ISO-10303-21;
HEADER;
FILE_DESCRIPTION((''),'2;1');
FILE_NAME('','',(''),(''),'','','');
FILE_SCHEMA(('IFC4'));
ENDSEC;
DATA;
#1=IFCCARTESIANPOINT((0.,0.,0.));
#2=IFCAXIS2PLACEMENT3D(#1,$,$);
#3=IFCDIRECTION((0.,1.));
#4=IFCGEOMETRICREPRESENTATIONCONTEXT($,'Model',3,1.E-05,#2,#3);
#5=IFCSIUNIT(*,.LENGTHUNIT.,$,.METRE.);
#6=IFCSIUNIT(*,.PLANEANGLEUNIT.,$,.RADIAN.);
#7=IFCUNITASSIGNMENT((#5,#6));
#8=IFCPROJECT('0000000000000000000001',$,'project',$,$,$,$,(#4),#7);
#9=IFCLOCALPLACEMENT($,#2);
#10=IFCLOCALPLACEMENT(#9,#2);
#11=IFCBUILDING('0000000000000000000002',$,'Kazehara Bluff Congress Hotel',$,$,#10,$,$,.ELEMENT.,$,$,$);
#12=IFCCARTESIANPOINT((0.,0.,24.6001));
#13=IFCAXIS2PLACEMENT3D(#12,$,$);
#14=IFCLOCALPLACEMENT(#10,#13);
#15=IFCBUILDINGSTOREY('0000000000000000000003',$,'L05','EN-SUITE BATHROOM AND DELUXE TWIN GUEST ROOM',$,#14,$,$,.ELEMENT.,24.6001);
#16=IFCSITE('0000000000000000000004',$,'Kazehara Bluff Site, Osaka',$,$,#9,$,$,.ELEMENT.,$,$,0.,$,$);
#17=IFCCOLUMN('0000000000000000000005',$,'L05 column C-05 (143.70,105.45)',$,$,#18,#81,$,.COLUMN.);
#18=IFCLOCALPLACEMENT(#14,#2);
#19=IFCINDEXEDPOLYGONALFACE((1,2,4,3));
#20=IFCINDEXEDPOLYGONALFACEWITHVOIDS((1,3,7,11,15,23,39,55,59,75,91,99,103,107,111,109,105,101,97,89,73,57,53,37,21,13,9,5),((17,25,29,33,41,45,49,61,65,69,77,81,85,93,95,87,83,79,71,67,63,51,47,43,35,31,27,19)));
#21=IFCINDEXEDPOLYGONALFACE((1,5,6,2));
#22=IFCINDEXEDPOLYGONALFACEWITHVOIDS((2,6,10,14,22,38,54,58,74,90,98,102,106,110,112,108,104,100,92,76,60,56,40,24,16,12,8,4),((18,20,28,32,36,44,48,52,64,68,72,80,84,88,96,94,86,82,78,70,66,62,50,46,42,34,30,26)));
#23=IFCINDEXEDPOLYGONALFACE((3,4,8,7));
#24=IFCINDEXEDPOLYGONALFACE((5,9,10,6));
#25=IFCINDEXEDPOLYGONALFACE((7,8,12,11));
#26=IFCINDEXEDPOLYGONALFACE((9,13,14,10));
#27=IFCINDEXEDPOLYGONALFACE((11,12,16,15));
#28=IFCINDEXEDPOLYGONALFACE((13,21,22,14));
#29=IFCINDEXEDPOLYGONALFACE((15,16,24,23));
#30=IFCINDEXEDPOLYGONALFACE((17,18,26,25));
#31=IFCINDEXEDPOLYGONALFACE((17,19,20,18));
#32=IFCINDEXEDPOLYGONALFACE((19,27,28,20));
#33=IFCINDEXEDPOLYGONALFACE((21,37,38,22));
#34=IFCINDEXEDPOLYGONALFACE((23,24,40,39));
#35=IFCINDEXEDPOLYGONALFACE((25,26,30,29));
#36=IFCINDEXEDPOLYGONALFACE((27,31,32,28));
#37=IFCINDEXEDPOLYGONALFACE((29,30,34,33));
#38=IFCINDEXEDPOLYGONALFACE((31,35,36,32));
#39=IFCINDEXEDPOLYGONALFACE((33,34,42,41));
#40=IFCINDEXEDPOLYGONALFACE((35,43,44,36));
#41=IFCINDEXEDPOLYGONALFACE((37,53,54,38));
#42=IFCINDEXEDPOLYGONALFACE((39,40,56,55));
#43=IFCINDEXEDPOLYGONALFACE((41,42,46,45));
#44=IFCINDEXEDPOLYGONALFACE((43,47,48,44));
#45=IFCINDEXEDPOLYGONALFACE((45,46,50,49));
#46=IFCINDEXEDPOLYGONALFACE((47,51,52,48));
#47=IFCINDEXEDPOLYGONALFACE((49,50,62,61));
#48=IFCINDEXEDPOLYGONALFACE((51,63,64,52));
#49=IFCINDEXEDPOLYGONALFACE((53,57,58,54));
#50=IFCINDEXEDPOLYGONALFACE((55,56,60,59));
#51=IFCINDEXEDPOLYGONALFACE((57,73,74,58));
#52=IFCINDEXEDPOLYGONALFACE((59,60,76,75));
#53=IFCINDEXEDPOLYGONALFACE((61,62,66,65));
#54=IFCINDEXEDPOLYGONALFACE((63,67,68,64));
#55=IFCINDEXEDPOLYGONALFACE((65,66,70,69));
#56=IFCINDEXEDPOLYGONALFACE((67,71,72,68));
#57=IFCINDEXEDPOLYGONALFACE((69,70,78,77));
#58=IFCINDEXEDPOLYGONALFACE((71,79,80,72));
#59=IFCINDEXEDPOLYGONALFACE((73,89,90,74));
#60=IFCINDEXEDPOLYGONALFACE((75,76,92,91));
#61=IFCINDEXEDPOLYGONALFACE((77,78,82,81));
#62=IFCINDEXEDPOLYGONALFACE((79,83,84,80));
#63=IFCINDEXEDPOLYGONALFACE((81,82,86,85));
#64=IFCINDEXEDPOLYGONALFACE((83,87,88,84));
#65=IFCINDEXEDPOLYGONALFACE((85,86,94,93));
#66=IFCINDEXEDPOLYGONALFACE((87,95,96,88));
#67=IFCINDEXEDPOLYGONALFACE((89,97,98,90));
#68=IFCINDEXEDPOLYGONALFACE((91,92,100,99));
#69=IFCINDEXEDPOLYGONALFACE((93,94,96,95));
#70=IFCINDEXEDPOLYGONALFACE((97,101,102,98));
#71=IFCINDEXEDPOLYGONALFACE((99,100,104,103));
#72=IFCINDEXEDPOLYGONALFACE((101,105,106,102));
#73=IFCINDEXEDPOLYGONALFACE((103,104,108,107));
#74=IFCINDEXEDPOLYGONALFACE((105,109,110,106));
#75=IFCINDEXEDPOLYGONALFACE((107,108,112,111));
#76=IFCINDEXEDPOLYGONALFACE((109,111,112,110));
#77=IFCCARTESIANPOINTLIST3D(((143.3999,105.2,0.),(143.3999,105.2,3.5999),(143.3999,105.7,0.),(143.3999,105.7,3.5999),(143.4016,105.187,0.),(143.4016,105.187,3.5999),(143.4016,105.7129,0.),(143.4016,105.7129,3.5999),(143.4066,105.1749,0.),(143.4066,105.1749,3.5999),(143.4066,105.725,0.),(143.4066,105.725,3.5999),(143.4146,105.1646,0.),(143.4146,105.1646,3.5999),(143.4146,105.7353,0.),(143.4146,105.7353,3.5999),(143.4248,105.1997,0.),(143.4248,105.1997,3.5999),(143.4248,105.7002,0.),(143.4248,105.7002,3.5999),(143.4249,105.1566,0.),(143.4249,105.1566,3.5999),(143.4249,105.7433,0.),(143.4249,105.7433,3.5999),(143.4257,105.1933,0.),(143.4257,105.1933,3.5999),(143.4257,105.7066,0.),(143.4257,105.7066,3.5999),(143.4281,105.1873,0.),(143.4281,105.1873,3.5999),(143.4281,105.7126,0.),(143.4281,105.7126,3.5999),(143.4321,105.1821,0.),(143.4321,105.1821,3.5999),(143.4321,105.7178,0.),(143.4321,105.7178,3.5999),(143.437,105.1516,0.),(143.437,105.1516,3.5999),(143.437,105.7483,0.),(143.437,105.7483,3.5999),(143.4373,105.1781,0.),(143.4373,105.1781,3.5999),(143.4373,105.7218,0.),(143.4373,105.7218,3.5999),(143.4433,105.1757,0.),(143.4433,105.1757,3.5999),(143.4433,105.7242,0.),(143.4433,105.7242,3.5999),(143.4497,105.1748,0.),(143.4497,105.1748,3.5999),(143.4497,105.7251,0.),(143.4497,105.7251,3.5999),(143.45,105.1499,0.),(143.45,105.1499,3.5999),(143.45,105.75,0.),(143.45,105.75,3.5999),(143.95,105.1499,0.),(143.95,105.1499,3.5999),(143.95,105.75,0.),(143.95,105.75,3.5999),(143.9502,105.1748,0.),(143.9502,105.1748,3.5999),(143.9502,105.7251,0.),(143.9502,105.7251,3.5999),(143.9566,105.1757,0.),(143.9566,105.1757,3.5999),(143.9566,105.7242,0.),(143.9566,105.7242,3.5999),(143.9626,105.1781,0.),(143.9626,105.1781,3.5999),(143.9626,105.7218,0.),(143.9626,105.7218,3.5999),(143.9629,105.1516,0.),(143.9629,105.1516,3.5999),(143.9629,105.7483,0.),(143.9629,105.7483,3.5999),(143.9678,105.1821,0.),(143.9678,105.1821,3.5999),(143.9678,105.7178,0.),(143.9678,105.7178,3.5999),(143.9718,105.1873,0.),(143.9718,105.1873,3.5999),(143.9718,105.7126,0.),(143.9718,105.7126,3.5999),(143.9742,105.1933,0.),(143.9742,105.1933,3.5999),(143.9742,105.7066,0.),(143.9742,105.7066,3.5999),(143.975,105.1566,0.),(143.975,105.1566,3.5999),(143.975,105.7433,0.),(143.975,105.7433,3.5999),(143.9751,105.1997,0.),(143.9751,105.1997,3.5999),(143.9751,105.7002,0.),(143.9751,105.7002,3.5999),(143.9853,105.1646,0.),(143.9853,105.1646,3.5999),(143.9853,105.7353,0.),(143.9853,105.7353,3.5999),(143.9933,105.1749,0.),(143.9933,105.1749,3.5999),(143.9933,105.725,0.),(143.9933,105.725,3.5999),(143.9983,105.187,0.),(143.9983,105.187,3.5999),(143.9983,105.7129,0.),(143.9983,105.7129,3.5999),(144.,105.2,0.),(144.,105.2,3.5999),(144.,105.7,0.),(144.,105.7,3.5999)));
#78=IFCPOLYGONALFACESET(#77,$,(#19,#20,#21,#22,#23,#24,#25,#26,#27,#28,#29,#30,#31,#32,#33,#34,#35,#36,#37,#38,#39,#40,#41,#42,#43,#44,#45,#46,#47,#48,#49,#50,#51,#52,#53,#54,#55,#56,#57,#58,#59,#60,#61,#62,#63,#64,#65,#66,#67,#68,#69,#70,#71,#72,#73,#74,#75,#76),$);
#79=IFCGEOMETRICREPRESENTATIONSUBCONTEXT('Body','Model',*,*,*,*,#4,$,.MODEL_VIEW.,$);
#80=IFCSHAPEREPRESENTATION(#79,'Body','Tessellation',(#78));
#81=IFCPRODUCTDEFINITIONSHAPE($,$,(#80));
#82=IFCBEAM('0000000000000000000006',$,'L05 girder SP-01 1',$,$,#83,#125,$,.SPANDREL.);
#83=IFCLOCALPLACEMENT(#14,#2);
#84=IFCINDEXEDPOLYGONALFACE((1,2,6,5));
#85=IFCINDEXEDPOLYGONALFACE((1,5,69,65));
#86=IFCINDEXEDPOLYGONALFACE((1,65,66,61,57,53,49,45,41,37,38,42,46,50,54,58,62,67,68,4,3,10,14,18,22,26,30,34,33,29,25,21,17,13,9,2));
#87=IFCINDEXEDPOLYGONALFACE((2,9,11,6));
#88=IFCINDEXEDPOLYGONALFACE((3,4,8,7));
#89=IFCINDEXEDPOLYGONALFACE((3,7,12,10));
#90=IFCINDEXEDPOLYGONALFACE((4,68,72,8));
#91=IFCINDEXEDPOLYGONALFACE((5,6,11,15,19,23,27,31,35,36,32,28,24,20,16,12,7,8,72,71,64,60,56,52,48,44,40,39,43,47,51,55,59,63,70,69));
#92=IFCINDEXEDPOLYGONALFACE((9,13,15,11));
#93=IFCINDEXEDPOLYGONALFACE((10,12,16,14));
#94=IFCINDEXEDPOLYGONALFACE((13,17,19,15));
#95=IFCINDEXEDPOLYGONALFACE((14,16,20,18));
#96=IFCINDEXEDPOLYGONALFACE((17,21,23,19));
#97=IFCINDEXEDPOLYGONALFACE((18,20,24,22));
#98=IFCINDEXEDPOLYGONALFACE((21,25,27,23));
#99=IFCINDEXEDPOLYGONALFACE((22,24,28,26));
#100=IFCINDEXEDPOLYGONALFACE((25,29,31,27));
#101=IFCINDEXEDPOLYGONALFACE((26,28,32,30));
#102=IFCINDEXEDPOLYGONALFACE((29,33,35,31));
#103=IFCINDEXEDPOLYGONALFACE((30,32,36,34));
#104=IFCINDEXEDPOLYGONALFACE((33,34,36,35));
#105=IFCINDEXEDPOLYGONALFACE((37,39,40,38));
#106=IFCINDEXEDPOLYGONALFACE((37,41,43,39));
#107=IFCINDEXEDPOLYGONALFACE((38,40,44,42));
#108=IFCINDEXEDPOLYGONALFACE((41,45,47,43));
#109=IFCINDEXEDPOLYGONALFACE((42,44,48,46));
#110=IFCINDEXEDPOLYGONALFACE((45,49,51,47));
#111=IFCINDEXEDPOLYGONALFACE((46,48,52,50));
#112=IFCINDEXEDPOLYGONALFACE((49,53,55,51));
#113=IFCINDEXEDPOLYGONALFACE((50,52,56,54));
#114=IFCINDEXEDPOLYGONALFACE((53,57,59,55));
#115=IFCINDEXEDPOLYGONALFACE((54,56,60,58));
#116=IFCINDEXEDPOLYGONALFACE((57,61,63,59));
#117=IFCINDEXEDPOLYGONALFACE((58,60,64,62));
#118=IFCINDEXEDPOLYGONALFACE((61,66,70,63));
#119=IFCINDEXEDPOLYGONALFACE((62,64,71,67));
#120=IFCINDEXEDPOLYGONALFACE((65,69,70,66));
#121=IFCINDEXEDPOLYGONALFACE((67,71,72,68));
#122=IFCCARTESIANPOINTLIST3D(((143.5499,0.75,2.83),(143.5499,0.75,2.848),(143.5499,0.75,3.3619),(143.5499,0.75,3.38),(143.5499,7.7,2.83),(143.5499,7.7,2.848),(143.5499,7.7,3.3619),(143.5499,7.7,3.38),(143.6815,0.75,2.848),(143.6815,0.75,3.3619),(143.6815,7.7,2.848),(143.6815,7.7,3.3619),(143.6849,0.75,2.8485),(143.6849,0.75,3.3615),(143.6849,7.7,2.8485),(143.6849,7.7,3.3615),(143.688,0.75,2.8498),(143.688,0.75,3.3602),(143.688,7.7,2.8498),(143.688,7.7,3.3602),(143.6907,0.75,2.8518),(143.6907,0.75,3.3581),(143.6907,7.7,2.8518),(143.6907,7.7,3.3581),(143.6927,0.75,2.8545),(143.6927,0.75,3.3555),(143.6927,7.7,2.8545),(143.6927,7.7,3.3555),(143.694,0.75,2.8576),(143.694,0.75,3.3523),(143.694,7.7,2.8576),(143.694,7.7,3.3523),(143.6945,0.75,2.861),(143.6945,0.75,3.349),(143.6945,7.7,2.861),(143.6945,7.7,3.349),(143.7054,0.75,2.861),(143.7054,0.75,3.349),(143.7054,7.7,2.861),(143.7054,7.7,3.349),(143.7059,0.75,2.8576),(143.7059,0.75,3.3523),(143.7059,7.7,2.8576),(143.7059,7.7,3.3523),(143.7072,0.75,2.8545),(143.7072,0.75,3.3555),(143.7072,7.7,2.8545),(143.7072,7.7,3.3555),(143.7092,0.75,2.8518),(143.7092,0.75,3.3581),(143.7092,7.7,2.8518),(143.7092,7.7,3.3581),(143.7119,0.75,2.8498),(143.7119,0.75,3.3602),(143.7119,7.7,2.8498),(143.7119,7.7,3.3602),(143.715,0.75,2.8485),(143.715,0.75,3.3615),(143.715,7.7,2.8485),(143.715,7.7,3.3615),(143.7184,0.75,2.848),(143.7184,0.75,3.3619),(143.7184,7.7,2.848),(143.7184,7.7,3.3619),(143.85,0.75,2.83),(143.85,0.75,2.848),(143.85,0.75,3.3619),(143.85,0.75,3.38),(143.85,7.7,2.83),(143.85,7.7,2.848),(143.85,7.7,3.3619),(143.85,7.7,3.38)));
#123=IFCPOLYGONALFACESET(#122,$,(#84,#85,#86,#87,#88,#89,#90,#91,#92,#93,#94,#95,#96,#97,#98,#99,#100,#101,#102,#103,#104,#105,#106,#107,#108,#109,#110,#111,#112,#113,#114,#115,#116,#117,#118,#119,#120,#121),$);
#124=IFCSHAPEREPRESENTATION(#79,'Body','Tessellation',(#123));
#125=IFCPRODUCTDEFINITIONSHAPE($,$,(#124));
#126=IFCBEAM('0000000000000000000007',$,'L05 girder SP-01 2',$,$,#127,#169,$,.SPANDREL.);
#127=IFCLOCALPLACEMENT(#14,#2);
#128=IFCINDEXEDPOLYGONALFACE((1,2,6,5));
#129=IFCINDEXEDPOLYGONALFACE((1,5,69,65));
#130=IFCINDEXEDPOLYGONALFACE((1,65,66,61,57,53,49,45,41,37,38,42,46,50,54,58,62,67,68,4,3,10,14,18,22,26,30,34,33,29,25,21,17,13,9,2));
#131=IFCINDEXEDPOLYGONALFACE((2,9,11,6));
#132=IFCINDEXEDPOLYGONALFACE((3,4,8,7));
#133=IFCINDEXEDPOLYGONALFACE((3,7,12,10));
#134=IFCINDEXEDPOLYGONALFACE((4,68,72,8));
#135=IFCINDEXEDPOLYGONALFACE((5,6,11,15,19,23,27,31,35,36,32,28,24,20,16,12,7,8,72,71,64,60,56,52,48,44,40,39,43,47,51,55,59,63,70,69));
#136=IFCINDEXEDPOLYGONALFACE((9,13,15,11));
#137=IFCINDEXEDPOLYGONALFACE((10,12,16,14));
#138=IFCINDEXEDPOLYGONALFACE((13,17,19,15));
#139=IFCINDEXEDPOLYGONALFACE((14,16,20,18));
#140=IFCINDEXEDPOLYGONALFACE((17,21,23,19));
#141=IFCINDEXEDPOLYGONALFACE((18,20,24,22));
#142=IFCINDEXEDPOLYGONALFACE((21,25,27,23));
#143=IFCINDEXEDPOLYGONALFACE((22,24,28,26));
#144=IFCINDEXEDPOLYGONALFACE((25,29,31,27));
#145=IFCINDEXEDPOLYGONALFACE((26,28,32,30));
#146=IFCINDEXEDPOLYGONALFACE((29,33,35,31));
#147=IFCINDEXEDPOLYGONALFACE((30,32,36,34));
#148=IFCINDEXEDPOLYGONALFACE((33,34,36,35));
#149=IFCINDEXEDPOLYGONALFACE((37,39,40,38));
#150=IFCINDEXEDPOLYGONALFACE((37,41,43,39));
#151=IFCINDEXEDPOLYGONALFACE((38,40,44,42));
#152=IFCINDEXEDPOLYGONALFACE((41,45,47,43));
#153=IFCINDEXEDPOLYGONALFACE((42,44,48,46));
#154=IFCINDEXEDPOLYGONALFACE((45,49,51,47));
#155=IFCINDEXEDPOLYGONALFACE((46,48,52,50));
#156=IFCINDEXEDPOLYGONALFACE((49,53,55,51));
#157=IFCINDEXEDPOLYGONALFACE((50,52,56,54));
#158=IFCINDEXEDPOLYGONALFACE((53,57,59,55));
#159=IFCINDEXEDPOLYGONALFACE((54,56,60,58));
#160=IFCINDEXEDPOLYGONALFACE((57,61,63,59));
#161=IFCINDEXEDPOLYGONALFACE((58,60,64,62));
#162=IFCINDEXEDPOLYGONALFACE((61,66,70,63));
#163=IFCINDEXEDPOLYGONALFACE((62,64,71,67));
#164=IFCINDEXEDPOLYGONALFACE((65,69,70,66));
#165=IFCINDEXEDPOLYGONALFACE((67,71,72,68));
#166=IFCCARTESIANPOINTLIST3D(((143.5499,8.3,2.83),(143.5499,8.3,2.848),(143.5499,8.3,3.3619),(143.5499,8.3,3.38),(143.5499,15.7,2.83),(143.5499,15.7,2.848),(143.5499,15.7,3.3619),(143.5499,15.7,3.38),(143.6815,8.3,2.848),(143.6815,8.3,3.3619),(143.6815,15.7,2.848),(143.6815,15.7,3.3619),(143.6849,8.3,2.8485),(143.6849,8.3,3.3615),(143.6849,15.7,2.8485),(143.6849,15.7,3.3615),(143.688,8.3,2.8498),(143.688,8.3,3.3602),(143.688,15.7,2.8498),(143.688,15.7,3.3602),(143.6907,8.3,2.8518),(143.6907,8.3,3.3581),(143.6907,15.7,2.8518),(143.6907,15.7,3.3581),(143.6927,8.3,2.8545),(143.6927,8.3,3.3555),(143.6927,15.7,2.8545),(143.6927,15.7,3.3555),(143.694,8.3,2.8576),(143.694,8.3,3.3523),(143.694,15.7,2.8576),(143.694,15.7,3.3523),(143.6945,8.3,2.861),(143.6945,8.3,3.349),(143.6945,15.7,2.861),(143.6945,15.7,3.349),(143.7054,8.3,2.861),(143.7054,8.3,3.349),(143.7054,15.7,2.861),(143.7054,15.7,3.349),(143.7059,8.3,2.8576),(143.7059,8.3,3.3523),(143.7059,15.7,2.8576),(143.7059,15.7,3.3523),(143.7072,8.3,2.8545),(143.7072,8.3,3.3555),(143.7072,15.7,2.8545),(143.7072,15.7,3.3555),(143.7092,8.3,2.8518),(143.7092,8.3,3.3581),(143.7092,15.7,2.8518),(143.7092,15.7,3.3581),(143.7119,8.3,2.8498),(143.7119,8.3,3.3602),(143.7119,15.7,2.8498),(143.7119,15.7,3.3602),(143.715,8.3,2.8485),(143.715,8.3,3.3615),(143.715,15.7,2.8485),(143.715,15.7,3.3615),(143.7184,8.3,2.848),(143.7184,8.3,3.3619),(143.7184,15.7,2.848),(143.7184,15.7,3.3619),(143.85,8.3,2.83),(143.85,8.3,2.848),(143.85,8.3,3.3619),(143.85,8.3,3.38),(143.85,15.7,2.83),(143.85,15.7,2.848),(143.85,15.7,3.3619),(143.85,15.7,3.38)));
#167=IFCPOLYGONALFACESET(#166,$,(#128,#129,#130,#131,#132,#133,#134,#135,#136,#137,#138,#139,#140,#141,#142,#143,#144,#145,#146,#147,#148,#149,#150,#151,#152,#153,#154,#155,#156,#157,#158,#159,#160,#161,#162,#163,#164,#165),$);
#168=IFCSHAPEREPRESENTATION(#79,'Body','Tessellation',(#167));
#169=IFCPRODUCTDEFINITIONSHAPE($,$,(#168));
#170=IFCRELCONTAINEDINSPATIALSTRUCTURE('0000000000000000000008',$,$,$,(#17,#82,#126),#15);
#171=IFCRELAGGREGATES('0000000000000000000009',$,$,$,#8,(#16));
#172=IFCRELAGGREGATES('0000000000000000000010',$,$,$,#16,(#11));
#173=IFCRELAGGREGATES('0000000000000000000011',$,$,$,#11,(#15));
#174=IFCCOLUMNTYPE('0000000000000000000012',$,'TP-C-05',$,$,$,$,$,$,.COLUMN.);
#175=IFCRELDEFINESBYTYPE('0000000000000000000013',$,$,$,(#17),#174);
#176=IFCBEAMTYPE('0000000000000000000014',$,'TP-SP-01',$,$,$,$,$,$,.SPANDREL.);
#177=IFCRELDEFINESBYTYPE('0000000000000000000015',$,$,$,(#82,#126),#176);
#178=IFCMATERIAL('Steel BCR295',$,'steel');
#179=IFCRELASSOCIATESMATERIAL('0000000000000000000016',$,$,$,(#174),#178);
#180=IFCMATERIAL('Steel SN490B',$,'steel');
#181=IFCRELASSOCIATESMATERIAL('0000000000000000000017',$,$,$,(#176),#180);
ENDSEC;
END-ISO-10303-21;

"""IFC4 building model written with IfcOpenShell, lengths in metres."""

from ifc_helpers import new_model, si_unit, direction, frame, origin, origin_2d, place, context, subcontext, project, spatial, hollow_rectangle, i_section, extrude, material, material_profile, profile_set, type_object, element, save


model = new_model("IFC4")

# Units and contexts
model_context = context("Model", 3, precision=1e-05, world=origin(), true_north=direction((0.0, 1.0)))
body_context = subcontext(model_context, "Body", "Model", "MODEL_VIEW")
ifc_project = project(units=[si_unit("LENGTHUNIT", "METRE"), si_unit("PLANEANGLEUNIT", "RADIAN")], contexts=[model_context])

# Site, building, storey
site_placement = place(None, origin())
site = spatial("IfcSite", under=ifc_project, at=site_placement, Name="Kazehara Bluff Site, Osaka", CompositionType="ELEMENT", RefElevation=0.0)
building_placement = place(site_placement, origin())
building = spatial("IfcBuilding", under=site, at=building_placement, Name="Kazehara Bluff Congress Hotel", CompositionType="ELEMENT")
storey_placement = place(building_placement, frame((0.0, 0.0, 24.6001)))
storey = spatial("IfcBuildingStorey", under=building, at=storey_placement, Name="L05", Description="EN-SUITE BATHROOM AND DELUXE TWIN GUEST ROOM", CompositionType="ELEMENT", Elevation=24.6001)

# Column
ifc_material_1 = material(Name="Steel BCR295", Category="steel")
ifc_material_profile_1 = material_profile(ifc_material_1, hollow_rectangle(XDim=0.6001, YDim=0.6001, WallThickness=0.0249, InnerFilletRadius=0.0249, OuterFilletRadius=0.05, at=origin_2d()))
ifc_profile_set_1 = profile_set([ifc_material_profile_1], Name="Steel BCR295")
column_type = type_object("IfcColumnType", Name="TP-C-05", PredefinedType="COLUMN", material=ifc_profile_set_1)
for number, where, z_axis, x_axis, name in (
    (1, (143.7, 105.45, 0.0), (0.0, 0.0, 1.0), (1.0, 0.0, 0.0), "L05 column C-05 (143.70,105.45)"),
):
    element("IfcColumn", number, at=place(storey_placement, frame(where, z_axis=z_axis, x_axis=x_axis)), inside=storey, type_object=column_type, Name=name, PredefinedType="COLUMN", context=body_context, shape_type="SweptSolid", body=[
        extrude(hollow_rectangle(XDim=0.6001, YDim=0.6001, WallThickness=0.0249, InnerFilletRadius=0.0249, OuterFilletRadius=0.05, at=origin_2d()), origin(), (0.0, 0.0, 1.0), 3.5999),
    ])

# Beams
ifc_material_2 = material(Name="Steel SN490B", Category="steel")
ifc_material_profile_2 = material_profile(ifc_material_2, i_section(OverallWidth=0.3, OverallDepth=0.55, WebThickness=0.011, FlangeThickness=0.0181, FilletRadius=0.0129, at=origin_2d()))
ifc_profile_set_2 = profile_set([ifc_material_profile_2], Name="Steel SN490B")
beam_type = type_object("IfcBeamType", Name="TP-SP-01", PredefinedType="SPANDREL", material=ifc_profile_set_2)
beam_placement = place(storey_placement, frame((143.7, 0.75, 3.105), z_axis=(0.0, 1.0, 0.0), x_axis=(-1.0, 0.0, 0.0)))
element("IfcBeam", 2, at=beam_placement, inside=storey, type_object=beam_type, Name="L05 girder SP-01 1", PredefinedType="SPANDREL", context=body_context, shape_type="SweptSolid", body=[
    extrude(i_section(OverallWidth=0.3, OverallDepth=0.55, WebThickness=0.011, FlangeThickness=0.0181, FilletRadius=0.0129, at=origin_2d()), origin(), (0.0, 0.0, 1.0), 6.95),
])
for number, where, z_axis, x_axis, name in (
    (3, (143.7, 8.3, 3.105), (0.0, 1.0, 0.0), (-1.0, 0.0, 0.0), "L05 girder SP-01 2"),
):
    element("IfcBeam", number, at=place(storey_placement, frame(where, z_axis=z_axis, x_axis=x_axis)), inside=storey, type_object=beam_type, Name=name, PredefinedType="SPANDREL", context=body_context, shape_type="SweptSolid", body=[
        extrude(i_section(OverallWidth=0.3, OverallDepth=0.55, WebThickness=0.011, FlangeThickness=0.0181, FilletRadius=0.0129, at=origin_2d()), origin(), (0.0, 0.0, 1.0), 7.3999),
    ])

save(model, "model.ifc")
